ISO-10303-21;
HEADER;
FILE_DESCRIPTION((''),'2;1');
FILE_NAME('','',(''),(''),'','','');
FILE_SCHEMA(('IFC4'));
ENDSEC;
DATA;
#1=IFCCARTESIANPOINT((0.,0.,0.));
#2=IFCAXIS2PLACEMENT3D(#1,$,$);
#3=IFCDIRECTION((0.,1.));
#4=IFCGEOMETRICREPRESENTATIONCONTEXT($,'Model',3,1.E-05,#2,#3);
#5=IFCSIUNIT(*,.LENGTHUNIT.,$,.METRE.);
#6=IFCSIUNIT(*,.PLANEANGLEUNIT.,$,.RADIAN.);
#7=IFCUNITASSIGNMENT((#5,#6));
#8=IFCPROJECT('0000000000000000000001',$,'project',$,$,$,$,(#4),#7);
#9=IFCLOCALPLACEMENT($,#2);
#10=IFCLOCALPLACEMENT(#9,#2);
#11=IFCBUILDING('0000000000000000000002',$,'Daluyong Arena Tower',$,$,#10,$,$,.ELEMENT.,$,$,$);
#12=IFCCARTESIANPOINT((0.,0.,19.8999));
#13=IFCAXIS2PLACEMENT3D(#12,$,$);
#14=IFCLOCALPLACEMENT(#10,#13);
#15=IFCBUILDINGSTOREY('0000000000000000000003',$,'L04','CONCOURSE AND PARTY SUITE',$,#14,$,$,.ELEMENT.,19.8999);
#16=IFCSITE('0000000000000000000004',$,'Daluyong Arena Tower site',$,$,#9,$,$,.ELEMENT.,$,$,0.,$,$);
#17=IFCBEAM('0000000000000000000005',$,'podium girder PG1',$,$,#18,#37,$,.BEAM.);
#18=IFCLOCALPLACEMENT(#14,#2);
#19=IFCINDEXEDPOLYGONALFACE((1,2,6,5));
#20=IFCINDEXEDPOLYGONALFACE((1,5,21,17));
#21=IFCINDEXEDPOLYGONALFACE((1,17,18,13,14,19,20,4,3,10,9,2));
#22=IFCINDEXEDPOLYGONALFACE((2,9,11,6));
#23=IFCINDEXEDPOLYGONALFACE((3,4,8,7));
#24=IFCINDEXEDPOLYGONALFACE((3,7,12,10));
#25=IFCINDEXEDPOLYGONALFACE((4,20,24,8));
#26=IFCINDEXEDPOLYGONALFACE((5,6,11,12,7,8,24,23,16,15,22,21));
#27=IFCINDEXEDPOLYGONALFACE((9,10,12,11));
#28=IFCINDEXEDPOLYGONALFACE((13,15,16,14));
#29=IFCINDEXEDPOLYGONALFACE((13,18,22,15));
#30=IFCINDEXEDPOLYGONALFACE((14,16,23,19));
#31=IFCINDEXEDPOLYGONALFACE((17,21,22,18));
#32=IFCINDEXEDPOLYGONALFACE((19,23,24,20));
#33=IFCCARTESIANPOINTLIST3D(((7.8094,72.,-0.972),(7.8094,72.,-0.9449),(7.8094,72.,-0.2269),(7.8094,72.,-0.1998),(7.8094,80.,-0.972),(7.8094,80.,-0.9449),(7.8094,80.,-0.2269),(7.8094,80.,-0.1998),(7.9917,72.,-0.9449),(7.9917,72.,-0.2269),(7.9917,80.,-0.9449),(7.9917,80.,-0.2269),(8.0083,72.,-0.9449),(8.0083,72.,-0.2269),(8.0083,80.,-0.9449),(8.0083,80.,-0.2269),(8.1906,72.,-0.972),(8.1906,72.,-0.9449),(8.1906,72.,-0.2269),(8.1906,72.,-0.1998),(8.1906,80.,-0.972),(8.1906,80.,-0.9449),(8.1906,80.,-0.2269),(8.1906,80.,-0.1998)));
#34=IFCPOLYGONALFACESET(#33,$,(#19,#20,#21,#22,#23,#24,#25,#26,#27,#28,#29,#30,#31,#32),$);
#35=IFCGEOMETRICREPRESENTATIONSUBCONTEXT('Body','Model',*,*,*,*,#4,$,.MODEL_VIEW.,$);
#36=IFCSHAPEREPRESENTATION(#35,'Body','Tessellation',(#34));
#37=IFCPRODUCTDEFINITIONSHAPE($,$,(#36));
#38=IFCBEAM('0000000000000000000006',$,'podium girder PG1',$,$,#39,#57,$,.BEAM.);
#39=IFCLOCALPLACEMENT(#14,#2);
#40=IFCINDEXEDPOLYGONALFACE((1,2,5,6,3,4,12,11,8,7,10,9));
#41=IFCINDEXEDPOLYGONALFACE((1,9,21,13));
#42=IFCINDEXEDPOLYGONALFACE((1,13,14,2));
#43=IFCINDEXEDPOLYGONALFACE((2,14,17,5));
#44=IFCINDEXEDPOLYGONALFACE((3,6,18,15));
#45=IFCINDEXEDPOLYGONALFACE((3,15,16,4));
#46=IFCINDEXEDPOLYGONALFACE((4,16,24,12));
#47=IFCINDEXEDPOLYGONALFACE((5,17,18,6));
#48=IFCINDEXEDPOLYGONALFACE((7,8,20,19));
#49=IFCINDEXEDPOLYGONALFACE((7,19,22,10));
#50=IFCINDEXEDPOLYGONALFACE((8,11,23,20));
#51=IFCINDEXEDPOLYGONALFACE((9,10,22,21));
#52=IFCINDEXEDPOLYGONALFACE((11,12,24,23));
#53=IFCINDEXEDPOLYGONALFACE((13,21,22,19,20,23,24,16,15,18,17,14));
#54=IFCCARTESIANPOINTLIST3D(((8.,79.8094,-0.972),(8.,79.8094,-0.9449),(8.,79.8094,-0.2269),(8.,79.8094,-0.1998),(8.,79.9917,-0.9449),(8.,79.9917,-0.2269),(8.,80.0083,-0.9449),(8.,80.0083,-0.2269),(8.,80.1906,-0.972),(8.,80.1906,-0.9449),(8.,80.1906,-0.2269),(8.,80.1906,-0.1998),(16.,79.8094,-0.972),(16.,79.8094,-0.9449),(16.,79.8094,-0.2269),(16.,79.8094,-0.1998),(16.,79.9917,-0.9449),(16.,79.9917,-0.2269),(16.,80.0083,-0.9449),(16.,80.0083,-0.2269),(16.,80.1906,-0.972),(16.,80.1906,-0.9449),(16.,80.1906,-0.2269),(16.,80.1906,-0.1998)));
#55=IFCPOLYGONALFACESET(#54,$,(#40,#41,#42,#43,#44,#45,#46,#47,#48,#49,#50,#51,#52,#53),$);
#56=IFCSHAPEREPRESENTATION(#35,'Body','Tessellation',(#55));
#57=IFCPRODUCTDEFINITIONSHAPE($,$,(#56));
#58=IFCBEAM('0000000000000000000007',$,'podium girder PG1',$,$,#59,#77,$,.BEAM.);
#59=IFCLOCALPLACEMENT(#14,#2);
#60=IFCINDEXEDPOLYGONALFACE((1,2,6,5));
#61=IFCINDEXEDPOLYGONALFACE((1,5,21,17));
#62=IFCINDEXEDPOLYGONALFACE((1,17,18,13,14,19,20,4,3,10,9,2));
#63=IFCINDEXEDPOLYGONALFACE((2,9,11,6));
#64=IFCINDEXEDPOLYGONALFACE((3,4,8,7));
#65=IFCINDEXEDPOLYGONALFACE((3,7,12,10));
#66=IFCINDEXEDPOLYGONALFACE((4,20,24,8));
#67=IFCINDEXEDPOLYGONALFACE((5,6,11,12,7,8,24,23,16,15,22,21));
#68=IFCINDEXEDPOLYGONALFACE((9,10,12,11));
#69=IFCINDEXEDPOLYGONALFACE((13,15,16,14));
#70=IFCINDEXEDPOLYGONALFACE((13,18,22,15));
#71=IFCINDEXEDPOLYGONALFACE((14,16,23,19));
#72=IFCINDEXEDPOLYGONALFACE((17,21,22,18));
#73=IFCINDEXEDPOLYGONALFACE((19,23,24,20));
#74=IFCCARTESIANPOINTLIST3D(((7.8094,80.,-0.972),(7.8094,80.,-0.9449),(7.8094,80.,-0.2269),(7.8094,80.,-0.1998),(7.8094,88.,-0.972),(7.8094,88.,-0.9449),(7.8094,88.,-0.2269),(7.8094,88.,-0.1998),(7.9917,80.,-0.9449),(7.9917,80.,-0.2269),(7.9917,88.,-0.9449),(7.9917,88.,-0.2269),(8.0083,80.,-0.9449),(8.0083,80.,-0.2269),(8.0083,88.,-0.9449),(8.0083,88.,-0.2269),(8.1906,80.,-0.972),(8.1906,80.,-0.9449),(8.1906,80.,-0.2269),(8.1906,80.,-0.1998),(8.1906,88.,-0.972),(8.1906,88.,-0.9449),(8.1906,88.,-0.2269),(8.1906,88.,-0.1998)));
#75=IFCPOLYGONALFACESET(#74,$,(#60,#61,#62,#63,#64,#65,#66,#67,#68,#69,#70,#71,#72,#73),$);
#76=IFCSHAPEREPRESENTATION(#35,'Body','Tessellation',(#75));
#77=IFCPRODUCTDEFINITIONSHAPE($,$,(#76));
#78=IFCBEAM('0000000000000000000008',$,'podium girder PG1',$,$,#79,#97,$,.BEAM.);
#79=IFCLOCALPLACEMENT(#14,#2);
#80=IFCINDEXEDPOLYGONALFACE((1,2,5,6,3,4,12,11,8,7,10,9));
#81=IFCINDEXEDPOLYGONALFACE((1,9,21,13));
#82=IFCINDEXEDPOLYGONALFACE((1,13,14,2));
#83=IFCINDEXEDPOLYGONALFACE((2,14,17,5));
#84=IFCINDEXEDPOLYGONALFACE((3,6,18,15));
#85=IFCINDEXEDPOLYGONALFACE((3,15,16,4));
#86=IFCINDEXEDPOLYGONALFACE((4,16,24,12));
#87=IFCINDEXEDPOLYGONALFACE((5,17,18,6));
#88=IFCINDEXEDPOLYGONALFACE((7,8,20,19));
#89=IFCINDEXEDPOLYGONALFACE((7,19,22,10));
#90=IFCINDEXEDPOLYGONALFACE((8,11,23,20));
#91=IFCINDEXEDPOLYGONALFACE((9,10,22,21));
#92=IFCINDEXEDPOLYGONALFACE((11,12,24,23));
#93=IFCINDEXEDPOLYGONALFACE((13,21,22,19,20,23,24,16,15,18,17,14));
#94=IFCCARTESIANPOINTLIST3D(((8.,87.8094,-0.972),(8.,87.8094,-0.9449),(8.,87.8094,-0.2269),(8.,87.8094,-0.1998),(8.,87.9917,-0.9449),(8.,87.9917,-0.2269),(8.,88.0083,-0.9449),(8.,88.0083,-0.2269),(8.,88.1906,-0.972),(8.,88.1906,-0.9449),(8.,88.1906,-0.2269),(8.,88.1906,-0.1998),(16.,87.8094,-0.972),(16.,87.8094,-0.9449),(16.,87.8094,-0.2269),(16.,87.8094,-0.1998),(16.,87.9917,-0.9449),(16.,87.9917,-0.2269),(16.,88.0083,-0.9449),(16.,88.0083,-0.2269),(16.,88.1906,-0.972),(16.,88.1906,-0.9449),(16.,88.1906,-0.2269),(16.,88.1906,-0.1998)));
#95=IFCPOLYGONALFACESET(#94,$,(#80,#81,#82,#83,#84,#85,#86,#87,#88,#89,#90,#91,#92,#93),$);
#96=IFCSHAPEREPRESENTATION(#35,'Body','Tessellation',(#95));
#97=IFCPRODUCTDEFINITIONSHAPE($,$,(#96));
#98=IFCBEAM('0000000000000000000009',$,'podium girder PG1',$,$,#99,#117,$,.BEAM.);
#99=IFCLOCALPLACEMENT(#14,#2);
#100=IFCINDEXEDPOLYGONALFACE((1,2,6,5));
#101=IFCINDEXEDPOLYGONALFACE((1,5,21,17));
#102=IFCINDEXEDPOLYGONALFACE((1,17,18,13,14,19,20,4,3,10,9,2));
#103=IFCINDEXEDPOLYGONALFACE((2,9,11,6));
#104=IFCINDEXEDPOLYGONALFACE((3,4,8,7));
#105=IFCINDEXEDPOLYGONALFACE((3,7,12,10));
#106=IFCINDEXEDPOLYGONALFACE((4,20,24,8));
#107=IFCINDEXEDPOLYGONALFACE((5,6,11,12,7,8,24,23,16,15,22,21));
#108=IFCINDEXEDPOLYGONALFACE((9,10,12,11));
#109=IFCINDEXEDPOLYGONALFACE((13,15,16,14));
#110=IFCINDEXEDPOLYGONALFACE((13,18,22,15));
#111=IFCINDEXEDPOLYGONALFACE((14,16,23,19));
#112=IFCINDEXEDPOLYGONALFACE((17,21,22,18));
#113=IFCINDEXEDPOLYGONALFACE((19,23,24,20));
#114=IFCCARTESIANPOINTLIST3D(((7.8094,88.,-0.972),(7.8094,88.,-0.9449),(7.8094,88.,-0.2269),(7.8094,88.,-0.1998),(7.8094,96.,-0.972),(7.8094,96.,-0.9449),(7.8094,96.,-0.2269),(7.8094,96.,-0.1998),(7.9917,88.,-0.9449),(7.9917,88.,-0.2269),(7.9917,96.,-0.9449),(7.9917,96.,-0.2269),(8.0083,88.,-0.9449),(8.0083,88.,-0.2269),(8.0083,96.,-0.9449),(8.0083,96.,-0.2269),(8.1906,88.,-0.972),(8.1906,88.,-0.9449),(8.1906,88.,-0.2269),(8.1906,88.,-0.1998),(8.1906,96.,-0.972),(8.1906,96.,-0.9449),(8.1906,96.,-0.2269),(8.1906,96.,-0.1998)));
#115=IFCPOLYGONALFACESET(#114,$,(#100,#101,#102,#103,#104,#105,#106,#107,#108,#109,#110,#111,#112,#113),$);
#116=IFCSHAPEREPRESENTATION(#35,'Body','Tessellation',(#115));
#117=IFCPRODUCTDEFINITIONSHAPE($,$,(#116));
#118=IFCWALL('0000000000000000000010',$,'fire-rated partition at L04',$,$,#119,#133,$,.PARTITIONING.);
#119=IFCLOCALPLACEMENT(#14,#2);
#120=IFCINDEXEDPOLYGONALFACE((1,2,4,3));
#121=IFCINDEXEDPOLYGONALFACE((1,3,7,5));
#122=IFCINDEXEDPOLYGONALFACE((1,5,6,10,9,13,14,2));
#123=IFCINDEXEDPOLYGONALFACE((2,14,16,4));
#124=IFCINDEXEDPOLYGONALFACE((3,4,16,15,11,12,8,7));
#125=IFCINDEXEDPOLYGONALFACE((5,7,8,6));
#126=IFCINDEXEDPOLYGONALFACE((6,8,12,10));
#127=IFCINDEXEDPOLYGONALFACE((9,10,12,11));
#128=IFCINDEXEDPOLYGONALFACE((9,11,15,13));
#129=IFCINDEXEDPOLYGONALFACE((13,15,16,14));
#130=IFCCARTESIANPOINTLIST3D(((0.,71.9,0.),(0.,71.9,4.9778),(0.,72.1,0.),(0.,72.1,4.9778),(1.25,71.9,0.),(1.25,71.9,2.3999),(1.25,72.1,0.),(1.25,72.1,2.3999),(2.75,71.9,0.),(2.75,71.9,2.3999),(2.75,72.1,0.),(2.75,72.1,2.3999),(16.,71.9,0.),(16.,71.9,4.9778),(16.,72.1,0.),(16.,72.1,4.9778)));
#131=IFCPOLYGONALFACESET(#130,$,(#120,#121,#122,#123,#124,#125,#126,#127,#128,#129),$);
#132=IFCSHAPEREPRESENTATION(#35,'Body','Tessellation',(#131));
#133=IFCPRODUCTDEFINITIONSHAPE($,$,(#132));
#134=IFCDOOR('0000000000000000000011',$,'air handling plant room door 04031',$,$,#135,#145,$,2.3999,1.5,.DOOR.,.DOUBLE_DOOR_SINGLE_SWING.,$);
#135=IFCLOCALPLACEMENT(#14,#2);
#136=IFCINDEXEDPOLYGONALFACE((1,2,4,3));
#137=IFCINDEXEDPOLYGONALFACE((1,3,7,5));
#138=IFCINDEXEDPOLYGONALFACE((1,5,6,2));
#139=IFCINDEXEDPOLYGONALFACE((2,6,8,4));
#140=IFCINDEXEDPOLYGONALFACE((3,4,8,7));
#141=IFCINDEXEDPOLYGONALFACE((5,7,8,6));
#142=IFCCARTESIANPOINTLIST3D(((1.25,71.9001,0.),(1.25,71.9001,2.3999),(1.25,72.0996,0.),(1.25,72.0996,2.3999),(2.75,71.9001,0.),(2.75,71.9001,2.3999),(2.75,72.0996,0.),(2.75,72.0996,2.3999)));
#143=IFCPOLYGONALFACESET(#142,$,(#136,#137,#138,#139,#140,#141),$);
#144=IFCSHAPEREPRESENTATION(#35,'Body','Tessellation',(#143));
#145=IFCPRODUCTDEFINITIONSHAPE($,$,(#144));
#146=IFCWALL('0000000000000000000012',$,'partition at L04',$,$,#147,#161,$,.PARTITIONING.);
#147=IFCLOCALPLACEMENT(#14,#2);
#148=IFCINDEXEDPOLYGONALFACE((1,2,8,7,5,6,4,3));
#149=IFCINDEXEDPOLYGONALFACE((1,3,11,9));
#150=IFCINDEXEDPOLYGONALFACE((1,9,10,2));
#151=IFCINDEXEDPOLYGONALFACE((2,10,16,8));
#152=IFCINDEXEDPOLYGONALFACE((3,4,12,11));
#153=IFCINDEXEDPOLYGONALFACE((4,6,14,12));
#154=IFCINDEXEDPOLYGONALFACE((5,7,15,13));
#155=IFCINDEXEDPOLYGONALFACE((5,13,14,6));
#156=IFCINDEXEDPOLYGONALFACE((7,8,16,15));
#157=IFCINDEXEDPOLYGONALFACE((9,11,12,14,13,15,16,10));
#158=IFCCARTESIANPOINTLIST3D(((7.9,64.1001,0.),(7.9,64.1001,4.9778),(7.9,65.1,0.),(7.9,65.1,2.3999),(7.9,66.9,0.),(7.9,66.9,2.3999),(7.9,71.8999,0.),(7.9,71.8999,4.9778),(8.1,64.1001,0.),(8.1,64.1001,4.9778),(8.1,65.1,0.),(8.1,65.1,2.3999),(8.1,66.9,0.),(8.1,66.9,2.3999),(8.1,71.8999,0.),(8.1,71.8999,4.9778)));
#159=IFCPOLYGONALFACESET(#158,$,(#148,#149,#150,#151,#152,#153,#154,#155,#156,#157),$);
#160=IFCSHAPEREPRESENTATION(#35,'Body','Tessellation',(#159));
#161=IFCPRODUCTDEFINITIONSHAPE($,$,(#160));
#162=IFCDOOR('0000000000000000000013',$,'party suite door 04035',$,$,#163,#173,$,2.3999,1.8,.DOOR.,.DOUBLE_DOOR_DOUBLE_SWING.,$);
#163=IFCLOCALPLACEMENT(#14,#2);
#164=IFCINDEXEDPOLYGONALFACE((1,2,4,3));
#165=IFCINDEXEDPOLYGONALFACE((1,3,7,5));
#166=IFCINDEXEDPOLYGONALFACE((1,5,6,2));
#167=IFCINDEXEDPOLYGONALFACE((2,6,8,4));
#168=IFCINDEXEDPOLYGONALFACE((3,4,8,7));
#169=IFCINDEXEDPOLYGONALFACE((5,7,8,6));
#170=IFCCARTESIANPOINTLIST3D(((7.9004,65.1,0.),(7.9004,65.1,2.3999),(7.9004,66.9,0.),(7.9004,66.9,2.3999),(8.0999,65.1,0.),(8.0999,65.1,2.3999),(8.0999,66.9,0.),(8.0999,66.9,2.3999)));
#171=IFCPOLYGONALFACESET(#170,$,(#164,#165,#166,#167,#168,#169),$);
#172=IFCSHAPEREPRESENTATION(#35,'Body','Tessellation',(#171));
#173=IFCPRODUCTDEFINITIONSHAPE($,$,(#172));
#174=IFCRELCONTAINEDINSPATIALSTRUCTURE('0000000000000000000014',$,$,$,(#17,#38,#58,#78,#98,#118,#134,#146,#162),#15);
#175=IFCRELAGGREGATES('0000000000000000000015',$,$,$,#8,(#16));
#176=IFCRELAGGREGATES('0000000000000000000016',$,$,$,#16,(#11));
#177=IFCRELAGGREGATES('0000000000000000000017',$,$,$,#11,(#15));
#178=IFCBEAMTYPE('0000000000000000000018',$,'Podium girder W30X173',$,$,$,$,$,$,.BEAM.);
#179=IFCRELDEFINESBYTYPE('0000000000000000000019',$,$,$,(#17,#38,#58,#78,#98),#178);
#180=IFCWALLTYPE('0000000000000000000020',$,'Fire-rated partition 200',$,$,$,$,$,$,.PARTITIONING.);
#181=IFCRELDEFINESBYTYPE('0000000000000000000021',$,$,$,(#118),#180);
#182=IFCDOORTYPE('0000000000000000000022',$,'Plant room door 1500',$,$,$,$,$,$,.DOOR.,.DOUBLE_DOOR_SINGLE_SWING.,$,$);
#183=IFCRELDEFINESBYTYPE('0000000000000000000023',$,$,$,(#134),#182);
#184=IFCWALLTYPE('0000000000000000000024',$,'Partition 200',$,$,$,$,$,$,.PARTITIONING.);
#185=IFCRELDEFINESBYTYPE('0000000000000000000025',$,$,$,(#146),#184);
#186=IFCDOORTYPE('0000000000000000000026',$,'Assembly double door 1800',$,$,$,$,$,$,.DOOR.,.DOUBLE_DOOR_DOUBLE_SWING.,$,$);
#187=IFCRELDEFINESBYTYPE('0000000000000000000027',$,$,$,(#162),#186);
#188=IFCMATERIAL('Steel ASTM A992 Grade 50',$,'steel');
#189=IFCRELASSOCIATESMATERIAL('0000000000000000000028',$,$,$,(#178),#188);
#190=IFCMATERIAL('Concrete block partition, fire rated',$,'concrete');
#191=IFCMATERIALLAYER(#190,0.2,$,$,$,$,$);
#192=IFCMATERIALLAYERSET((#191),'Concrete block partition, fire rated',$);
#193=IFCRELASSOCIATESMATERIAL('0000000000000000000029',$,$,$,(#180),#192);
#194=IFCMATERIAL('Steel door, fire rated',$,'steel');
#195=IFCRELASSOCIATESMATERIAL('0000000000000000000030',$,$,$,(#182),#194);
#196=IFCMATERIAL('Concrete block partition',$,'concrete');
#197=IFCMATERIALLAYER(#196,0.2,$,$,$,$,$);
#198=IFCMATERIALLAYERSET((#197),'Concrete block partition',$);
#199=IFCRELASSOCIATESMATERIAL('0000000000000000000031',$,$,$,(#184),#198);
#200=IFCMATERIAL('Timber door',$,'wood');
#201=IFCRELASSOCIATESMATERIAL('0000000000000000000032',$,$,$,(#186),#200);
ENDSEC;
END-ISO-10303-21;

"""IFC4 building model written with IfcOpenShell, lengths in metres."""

from ifc_helpers import new_model, si_unit, direction, frame, frame_2d, origin, origin_2d, place, context, subcontext, project, spatial, rectangle, i_section, extrude, material, layer, layer_set, material_profile, profile_set, type_object, element, fill, save


model = new_model("IFC4")

# Units and contexts
model_context = context("Model", 3, precision=1e-05, world=origin(), true_north=direction((0.0, 1.0)))
body_context = subcontext(model_context, "Body", "Model", "MODEL_VIEW")
ifc_project = project(units=[si_unit("LENGTHUNIT", "METRE"), si_unit("PLANEANGLEUNIT", "RADIAN")], contexts=[model_context])

# Site, building, storey
site_placement = place(None, origin())
site = spatial("IfcSite", under=ifc_project, at=site_placement, Name="Daluyong Arena Tower site", CompositionType="ELEMENT", RefElevation=0.0)
building_placement = place(site_placement, origin())
building = spatial("IfcBuilding", under=site, at=building_placement, Name="Daluyong Arena Tower", CompositionType="ELEMENT")
storey_placement = place(building_placement, frame((0.0, 0.0, 19.8999)))
storey = spatial("IfcBuildingStorey", under=building, at=storey_placement, Name="L04", Description="CONCOURSE AND PARTY SUITE", CompositionType="ELEMENT", Elevation=19.8999)

# Beams
ifc_material_1 = material(Name="Steel ASTM A992 Grade 50", Category="steel")
ifc_material_profile_1 = material_profile(ifc_material_1, i_section(OverallWidth=0.3811, OverallDepth=0.7722, WebThickness=0.0166, FlangeThickness=0.0271, at=origin_2d()))
ifc_profile_set_1 = profile_set([ifc_material_profile_1], Name="Steel ASTM A992 Grade 50")
beam_type_1 = type_object("IfcBeamType", Name="Podium girder W30X173", PredefinedType="BEAM", material=ifc_profile_set_1)
for number, where, z_axis, x_axis, name in (
    (1, (8.0, 72.0, -0.5859), (0.0, 1.0, 0.0), (-1.0, 0.0, 0.0), "podium girder PG1"),
    (2, (8.0, 80.0, -0.5859), (1.0, 0.0, 0.0), (0.0, 1.0, 0.0), "podium girder PG1"),
    (3, (8.0, 80.0, -0.5859), (0.0, 1.0, 0.0), (-1.0, 0.0, 0.0), "podium girder PG1"),
    (4, (8.0, 88.0, -0.5859), (1.0, 0.0, 0.0), (0.0, 1.0, 0.0), "podium girder PG1"),
    (5, (8.0, 88.0, -0.5859), (0.0, 1.0, 0.0), (-1.0, 0.0, 0.0), "podium girder PG1"),
):
    element("IfcBeam", number, at=place(storey_placement, frame(where, z_axis=z_axis, x_axis=x_axis)), inside=storey, type_object=beam_type_1, Name=name, PredefinedType="BEAM", context=body_context, shape_type="SweptSolid", body=[
        extrude(i_section(OverallWidth=0.3811, OverallDepth=0.7722, WebThickness=0.0166, FlangeThickness=0.0271, at=origin_2d()), origin(), (0.0, 0.0, 1.0), 8.0),
    ])

# Walls, openings, doors
ifc_material_2 = material(Name="Concrete block partition, fire rated", Category="concrete")
ifc_layer_1 = layer(ifc_material_2, 0.2)
ifc_layer_set_1 = layer_set([ifc_layer_1], Name="Concrete block partition, fire rated")
wall_type_1 = type_object("IfcWallType", Name="Fire-rated partition 200", PredefinedType="PARTITIONING", material=ifc_layer_set_1)
wall_1_placement = place(storey_placement, frame((0.0, 72.0, 0.0), z_axis=(0.0, 0.0, 1.0), x_axis=(1.0, 0.0, 0.0)))
wall_1 = element("IfcWall", 6, at=wall_1_placement, inside=storey, type_object=wall_type_1, Name="fire-rated partition at L04", PredefinedType="PARTITIONING", context=body_context, shape_type="SweptSolid", body=[
    extrude(rectangle(XDim=16.0, YDim=0.2, at=frame_2d((8.0, 0.0))), origin(), (0.0, 0.0, 1.0), 4.9778),
])
opening_1_placement = place(wall_1_placement, frame((1.25, 0.0, 0.0)))
opening_1 = element("IfcOpeningElement", 7, at=opening_1_placement, cuts=wall_1, PredefinedType="OPENING", context=body_context, shape_type="SweptSolid", body=[
    extrude(rectangle(XDim=1.5, YDim=2.3999, at=frame_2d((0.75, 1.2))), frame((0.0, 0.1099, 0.0), z_axis=(0.0, -1.0, 0.0), x_axis=(1.0, 0.0, 0.0)), (0.0, 0.0, 1.0), 0.22),
])
ifc_material_3 = material(Name="Steel door, fire rated", Category="steel")
door_type_1 = type_object("IfcDoorType", Name="Plant room door 1500", OperationType="DOUBLE_DOOR_SINGLE_SWING", PredefinedType="DOOR", material=ifc_material_3)
door_1_placement = place(opening_1_placement, origin())
door_1 = element("IfcDoor", 8, at=door_1_placement, inside=storey, type_object=door_type_1, Name="air handling plant room door 04031", OperationType="DOUBLE_DOOR_SINGLE_SWING", OverallHeight=2.3999, OverallWidth=1.5, PredefinedType="DOOR", context=body_context, shape_type="SweptSolid", body=[
    extrude(rectangle(XDim=1.5, YDim=2.3999, at=frame_2d((0.75, 1.2))), frame((0.0, 0.0996, 0.0), z_axis=(0.0, -1.0, 0.0), x_axis=(1.0, 0.0, 0.0)), (0.0, 0.0, 1.0), 0.1995),
])
fill(opening_1, door_1)
ifc_material_4 = material(Name="Concrete block partition", Category="concrete")
ifc_layer_2 = layer(ifc_material_4, 0.2)
ifc_layer_set_2 = layer_set([ifc_layer_2], Name="Concrete block partition")
wall_type_2 = type_object("IfcWallType", Name="Partition 200", PredefinedType="PARTITIONING", material=ifc_layer_set_2)
wall_2_placement = place(storey_placement, frame((8.0, 64.1001, 0.0), z_axis=(0.0, 0.0, 1.0), x_axis=(0.0, 1.0, 0.0)))
wall_2 = element("IfcWall", 9, at=wall_2_placement, inside=storey, type_object=wall_type_2, Name="partition at L04", PredefinedType="PARTITIONING", context=body_context, shape_type="SweptSolid", body=[
    extrude(rectangle(XDim=7.7998, YDim=0.2, at=frame_2d((3.8999, 0.0))), origin(), (0.0, 0.0, 1.0), 4.9778),
])
opening_2_placement = place(wall_2_placement, frame((1.0, 0.0, 0.0)))
opening_2 = element("IfcOpeningElement", 10, at=opening_2_placement, cuts=wall_2, PredefinedType="OPENING", context=body_context, shape_type="SweptSolid", body=[
    extrude(rectangle(XDim=1.8, YDim=2.3999, at=frame_2d((0.8999, 1.2))), frame((0.0, 0.1099, 0.0), z_axis=(0.0, -1.0, 0.0), x_axis=(1.0, 0.0, 0.0)), (0.0, 0.0, 1.0), 0.22),
])
ifc_material_5 = material(Name="Timber door", Category="wood")
door_type_2 = type_object("IfcDoorType", Name="Assembly double door 1800", OperationType="DOUBLE_DOOR_DOUBLE_SWING", PredefinedType="DOOR", material=ifc_material_5)
door_2_placement = place(opening_2_placement, origin())
door_2 = element("IfcDoor", 11, at=door_2_placement, inside=storey, type_object=door_type_2, Name="party suite door 04035", OperationType="DOUBLE_DOOR_DOUBLE_SWING", OverallHeight=2.3999, OverallWidth=1.8, PredefinedType="DOOR", context=body_context, shape_type="SweptSolid", body=[
    extrude(rectangle(XDim=1.8, YDim=2.3999, at=frame_2d((0.8999, 1.2))), frame((0.0, 0.0996, 0.0), z_axis=(0.0, -1.0, 0.0), x_axis=(1.0, 0.0, 0.0)), (0.0, 0.0, 1.0), 0.1995),
])
fill(opening_2, door_2)

save(model, "model.ifc")
